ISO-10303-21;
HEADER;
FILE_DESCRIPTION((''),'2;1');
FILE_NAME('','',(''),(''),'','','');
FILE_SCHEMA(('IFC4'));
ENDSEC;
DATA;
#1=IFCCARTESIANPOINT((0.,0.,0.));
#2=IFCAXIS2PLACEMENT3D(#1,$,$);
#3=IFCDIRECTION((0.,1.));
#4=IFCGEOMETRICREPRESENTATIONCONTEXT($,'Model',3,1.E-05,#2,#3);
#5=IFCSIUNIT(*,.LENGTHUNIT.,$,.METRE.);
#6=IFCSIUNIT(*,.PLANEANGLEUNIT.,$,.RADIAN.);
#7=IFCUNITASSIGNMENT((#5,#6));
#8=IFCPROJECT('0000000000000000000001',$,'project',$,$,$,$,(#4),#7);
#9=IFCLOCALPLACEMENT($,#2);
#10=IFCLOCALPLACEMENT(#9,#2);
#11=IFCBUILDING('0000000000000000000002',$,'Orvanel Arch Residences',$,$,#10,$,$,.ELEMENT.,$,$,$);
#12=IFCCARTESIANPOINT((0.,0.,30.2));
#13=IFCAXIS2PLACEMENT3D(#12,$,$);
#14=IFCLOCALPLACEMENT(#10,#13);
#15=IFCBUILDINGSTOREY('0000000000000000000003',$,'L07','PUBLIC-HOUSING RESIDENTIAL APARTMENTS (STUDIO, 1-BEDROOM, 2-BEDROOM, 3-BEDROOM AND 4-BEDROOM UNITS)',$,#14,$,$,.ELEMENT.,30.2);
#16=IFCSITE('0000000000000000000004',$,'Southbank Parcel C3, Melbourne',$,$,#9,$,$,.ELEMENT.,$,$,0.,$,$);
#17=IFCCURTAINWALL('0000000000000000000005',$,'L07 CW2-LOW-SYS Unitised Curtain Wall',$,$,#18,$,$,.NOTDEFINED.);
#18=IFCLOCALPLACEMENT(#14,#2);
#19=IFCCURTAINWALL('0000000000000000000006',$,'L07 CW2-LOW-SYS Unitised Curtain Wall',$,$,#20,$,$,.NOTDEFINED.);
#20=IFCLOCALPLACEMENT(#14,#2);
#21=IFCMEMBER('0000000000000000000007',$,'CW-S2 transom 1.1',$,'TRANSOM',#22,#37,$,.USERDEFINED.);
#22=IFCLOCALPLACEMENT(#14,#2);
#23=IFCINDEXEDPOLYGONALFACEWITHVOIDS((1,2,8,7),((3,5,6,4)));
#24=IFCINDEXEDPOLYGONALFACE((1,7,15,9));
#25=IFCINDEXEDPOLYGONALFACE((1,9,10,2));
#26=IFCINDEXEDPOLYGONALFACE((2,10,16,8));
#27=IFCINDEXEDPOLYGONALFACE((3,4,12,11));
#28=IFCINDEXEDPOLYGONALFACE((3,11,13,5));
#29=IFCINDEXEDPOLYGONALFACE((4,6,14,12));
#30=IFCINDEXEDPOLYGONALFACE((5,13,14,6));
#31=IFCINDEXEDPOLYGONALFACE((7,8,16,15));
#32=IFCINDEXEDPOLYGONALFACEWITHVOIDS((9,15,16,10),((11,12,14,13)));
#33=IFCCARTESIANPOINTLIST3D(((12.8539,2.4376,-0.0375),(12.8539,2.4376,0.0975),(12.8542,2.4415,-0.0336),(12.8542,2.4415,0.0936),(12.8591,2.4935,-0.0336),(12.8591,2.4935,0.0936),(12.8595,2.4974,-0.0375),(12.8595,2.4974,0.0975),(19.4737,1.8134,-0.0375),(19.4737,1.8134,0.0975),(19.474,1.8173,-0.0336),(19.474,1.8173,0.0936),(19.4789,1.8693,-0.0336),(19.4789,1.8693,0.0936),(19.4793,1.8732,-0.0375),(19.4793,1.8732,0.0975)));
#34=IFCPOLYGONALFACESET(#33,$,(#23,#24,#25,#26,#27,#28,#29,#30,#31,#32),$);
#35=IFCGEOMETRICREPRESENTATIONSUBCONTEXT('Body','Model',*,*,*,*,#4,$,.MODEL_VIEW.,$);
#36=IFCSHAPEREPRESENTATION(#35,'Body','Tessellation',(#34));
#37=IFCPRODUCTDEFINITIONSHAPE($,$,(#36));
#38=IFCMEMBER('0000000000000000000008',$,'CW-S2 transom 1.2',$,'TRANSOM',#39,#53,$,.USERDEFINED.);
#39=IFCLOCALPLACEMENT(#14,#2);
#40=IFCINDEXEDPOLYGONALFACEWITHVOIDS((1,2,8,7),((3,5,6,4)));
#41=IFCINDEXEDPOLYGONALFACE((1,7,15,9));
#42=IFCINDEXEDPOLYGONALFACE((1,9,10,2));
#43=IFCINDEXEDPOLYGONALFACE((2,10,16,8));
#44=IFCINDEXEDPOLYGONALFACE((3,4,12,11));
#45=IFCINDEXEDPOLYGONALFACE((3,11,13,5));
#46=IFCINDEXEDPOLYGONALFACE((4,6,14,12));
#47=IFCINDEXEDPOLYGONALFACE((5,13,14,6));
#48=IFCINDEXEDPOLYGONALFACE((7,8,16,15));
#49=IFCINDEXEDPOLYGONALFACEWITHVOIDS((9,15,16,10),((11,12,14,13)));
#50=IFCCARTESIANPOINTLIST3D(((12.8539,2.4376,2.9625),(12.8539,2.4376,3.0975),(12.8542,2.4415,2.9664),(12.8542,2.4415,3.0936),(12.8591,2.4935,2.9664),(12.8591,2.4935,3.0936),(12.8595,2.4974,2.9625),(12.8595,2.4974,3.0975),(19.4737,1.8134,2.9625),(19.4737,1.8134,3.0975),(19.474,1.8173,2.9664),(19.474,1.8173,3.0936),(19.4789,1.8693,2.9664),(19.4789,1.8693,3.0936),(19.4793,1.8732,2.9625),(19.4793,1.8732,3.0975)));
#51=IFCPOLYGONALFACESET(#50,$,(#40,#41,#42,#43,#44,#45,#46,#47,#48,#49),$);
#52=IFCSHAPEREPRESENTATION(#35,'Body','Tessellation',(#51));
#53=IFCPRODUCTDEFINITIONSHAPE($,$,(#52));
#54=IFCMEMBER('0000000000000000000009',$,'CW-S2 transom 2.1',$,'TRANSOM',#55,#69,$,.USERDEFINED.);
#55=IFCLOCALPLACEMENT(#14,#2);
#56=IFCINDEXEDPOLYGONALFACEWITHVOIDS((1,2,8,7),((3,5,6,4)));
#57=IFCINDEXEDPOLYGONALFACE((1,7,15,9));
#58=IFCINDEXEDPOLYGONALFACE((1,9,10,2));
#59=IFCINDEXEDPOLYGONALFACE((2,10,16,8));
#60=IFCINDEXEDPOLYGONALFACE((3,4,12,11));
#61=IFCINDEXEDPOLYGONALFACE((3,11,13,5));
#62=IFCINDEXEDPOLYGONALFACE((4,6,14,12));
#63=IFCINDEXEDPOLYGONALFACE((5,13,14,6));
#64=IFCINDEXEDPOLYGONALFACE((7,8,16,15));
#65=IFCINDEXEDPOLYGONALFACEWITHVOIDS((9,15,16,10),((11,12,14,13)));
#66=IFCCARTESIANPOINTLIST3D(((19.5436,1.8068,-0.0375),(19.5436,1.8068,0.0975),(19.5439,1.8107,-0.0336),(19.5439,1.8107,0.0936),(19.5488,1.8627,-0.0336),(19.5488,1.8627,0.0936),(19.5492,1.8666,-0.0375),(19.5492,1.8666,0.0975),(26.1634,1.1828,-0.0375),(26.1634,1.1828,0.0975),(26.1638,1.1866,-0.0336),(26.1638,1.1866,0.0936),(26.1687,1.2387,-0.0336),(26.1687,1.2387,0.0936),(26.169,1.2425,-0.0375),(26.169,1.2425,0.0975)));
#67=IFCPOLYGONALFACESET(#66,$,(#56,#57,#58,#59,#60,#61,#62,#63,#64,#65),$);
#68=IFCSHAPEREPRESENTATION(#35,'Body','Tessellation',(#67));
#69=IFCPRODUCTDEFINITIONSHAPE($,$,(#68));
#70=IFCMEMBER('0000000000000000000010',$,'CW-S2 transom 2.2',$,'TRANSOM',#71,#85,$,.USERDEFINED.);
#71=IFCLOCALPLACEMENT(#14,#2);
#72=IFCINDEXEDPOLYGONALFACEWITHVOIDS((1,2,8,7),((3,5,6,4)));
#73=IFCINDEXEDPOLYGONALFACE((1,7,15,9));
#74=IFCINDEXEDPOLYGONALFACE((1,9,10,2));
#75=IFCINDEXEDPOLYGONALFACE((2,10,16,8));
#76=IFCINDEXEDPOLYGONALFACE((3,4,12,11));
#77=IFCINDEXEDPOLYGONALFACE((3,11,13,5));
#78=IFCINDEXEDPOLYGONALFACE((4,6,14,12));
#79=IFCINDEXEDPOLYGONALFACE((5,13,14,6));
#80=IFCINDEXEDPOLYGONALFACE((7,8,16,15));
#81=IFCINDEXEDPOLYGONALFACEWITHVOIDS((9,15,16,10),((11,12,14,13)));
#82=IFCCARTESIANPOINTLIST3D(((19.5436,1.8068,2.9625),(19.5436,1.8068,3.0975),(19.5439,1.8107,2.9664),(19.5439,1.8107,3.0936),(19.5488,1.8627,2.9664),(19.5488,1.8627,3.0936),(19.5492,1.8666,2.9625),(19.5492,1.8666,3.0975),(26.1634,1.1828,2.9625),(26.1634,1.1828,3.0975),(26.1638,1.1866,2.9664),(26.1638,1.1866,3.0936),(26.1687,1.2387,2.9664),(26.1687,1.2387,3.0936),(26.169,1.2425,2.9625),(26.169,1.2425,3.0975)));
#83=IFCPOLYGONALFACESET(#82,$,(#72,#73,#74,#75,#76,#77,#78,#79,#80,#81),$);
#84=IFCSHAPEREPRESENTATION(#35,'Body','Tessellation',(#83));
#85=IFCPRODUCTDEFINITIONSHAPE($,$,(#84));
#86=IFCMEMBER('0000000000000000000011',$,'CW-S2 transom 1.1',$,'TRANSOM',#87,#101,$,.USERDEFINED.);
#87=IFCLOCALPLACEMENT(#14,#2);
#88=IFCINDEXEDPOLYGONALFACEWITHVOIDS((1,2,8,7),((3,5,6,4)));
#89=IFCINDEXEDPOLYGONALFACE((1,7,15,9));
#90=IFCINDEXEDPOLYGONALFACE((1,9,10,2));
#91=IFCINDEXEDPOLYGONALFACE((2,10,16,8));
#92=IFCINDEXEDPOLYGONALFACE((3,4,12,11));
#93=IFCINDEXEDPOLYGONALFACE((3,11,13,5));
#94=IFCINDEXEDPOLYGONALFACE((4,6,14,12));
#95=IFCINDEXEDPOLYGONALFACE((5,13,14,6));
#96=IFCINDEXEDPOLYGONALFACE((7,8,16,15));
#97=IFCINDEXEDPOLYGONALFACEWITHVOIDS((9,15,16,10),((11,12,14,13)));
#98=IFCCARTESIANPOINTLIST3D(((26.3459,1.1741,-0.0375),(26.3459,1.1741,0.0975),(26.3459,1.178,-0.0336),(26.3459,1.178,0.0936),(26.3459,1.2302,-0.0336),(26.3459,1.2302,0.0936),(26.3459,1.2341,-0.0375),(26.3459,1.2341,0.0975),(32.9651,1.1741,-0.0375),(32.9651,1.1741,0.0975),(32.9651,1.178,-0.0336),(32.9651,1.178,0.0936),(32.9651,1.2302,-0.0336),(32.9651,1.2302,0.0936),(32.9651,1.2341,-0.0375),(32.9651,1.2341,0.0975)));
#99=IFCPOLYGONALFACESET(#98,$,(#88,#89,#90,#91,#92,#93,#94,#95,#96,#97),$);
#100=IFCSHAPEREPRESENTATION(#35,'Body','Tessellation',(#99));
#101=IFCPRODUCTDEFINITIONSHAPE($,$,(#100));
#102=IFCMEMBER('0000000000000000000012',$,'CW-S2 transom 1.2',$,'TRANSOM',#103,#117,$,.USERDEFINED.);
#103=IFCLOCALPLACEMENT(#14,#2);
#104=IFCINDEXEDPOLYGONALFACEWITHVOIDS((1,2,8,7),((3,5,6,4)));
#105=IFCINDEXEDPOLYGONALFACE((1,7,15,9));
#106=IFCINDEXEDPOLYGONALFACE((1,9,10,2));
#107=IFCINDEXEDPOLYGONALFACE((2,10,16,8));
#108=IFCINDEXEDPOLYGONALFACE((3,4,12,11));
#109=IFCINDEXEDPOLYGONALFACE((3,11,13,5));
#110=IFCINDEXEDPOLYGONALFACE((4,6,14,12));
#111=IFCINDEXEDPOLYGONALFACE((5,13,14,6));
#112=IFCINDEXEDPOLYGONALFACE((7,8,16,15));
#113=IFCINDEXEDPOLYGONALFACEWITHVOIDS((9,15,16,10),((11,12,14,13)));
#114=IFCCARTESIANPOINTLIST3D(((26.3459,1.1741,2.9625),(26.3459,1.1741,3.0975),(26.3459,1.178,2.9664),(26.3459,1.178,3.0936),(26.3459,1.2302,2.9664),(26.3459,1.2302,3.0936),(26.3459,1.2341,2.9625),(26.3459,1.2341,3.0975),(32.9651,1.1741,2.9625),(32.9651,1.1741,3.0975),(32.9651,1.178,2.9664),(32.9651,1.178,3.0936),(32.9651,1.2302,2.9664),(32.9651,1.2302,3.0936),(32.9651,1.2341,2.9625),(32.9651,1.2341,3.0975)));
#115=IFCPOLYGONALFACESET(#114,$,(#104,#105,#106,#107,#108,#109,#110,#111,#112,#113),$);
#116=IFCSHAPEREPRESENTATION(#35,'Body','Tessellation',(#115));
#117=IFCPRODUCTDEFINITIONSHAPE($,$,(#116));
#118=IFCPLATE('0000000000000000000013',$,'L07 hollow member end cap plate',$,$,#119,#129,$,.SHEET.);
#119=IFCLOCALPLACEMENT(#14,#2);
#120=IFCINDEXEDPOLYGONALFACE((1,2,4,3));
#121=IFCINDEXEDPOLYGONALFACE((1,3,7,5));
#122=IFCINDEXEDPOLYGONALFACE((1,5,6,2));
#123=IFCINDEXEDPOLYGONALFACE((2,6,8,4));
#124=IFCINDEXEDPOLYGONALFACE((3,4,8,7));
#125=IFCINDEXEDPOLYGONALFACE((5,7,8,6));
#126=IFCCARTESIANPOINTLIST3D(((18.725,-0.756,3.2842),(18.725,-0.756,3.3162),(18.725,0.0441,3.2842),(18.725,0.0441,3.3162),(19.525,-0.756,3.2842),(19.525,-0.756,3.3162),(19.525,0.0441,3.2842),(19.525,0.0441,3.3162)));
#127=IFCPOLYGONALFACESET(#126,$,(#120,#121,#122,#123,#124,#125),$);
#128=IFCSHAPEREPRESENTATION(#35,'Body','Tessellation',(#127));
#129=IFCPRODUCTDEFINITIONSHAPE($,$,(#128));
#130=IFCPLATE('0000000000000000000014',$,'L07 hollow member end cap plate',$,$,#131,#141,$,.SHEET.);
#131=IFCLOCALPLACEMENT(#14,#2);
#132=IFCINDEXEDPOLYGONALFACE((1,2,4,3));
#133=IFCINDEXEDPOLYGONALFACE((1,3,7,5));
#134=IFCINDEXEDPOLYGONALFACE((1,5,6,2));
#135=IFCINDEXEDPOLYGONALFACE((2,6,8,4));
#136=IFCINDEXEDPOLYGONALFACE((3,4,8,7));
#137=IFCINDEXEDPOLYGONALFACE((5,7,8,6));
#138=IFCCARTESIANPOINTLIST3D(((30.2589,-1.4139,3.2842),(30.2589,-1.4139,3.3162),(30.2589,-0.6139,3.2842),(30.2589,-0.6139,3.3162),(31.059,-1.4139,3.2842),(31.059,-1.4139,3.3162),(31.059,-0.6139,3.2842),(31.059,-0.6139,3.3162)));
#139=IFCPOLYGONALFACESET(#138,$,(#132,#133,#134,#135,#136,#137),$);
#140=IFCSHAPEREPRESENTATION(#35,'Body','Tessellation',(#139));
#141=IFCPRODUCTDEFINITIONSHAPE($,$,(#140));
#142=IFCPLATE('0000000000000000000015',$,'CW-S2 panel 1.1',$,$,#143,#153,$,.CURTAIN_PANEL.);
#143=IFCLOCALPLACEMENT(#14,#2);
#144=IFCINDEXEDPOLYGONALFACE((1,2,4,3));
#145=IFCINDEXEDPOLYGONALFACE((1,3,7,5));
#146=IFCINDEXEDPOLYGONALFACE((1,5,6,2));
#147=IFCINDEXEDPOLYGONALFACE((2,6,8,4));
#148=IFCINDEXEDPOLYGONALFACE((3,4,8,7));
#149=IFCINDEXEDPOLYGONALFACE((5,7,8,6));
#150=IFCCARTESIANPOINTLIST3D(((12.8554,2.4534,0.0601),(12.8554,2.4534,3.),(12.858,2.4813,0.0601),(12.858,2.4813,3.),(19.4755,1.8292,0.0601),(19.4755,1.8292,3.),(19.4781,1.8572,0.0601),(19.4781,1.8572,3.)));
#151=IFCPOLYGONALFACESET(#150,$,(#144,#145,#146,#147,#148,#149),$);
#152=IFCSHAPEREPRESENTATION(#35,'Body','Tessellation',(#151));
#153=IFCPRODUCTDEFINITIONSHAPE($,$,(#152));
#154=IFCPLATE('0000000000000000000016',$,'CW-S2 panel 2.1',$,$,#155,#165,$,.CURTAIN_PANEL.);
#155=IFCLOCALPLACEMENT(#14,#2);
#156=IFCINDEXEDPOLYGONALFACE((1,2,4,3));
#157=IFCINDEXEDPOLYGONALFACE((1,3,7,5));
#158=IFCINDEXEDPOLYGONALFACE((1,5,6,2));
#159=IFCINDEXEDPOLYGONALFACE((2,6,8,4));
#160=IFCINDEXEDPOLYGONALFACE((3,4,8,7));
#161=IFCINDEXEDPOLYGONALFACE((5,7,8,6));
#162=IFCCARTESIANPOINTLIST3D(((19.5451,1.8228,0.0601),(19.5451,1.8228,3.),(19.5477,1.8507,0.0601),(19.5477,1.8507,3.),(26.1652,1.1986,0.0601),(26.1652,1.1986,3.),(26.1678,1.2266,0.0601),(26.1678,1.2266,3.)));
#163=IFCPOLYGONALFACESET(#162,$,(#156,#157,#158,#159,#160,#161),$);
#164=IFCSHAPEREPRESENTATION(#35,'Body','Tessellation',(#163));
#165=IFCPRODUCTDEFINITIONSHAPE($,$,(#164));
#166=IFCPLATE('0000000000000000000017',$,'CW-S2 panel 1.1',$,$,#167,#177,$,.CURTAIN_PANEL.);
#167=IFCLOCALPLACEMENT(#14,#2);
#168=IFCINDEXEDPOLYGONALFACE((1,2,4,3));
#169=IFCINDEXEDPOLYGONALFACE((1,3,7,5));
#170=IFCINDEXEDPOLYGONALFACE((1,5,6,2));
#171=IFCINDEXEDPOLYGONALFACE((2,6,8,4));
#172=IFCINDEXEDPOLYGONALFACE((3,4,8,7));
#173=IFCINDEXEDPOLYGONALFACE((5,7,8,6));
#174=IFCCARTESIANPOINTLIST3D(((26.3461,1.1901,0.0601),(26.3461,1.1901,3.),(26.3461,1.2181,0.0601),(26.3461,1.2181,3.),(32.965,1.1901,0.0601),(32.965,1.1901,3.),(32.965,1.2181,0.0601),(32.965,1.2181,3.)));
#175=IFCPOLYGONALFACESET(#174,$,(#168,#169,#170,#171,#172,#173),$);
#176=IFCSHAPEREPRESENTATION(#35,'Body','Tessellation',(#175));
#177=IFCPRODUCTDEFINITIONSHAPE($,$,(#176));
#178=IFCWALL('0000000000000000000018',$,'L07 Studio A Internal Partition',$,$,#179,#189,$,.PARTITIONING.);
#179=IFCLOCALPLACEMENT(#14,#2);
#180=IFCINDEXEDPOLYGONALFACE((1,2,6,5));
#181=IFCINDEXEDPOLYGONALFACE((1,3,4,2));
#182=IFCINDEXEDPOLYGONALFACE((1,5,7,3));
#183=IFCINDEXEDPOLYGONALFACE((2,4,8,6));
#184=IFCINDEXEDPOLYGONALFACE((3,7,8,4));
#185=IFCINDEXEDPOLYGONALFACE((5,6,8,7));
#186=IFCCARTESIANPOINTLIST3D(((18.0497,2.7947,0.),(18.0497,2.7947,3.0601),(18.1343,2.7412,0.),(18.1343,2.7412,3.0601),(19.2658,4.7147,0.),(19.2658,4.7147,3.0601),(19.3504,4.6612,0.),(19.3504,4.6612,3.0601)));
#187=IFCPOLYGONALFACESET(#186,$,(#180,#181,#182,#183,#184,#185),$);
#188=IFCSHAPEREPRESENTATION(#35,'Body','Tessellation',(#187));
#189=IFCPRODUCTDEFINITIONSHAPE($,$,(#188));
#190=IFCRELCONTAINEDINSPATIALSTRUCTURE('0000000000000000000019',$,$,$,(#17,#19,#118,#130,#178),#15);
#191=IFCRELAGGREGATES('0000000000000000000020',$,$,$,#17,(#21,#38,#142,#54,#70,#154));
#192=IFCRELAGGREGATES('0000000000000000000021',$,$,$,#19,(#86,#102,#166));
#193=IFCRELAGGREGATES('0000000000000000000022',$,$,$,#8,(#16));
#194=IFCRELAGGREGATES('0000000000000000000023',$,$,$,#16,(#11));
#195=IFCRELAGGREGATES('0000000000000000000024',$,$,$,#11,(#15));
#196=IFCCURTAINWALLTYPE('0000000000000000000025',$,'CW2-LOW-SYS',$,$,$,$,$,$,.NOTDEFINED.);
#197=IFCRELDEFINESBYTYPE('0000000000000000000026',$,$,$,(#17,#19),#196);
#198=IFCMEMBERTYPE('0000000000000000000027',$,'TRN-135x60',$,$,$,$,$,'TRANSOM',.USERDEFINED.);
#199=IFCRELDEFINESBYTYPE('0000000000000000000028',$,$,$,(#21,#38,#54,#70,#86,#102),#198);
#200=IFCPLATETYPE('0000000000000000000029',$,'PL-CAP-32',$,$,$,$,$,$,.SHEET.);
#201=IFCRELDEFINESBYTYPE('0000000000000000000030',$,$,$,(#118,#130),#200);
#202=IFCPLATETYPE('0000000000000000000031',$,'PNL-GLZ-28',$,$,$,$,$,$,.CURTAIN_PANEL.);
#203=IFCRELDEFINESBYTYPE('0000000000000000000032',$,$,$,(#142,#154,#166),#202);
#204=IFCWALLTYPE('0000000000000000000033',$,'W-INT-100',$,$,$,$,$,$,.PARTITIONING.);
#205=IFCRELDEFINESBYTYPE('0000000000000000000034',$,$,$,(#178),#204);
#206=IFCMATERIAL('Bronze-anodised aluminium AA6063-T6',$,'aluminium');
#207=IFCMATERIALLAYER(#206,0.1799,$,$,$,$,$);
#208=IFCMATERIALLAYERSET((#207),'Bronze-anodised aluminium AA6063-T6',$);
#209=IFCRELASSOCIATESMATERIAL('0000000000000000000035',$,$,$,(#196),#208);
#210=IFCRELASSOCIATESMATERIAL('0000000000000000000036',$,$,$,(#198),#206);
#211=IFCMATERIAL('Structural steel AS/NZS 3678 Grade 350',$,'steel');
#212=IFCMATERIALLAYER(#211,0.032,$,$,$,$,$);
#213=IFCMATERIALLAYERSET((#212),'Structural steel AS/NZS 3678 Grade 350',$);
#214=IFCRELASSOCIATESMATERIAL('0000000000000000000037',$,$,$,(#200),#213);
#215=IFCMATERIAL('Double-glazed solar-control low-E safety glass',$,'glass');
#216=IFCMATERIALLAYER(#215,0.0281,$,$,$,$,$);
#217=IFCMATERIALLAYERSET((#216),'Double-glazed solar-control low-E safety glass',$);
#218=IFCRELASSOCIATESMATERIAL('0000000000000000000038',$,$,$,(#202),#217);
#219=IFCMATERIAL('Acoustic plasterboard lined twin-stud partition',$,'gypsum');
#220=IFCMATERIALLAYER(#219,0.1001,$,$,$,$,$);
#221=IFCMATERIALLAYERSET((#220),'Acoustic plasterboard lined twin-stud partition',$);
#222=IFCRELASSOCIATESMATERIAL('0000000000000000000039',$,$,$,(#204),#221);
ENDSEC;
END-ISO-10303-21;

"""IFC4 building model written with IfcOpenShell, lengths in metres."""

from ifc_helpers import new_model, si_unit, direction, frame, frame_2d, origin, origin_2d, place, context, subcontext, project, spatial, rectangle, hollow_rectangle, extrude, material, layer, layer_set, material_profile, profile_set, type_object, element, aggregate, save


model = new_model("IFC4")

# Units and contexts
model_context = context("Model", 3, precision=1e-05, world=origin(), true_north=direction((0.0, 1.0)))
body_context = subcontext(model_context, "Body", "Model", "MODEL_VIEW")
ifc_project = project(units=[si_unit("LENGTHUNIT", "METRE"), si_unit("PLANEANGLEUNIT", "RADIAN")], contexts=[model_context])

# Site, building, storey
site_placement = place(None, origin())
site = spatial("IfcSite", under=ifc_project, at=site_placement, Name="Southbank Parcel C3, Melbourne", CompositionType="ELEMENT", RefElevation=0.0)
building_placement = place(site_placement, origin())
building = spatial("IfcBuilding", under=site, at=building_placement, Name="Orvanel Arch Residences", CompositionType="ELEMENT")
storey_placement = place(building_placement, frame((0.0, 0.0, 30.2)))
storey = spatial("IfcBuildingStorey", under=building, at=storey_placement, Name="L07", Description="PUBLIC-HOUSING RESIDENTIAL APARTMENTS (STUDIO, 1-BEDROOM, 2-BEDROOM, 3-BEDROOM AND 4-BEDROOM UNITS)", CompositionType="ELEMENT", Elevation=30.2)

# Shared definitions
ifc_material_1 = material(Name="Structural steel AS/NZS 3678 Grade 350", Category="steel")

# Curtain wall
ifc_material_2 = material(Name="Bronze-anodised aluminium AA6063-T6", Category="aluminium")
ifc_layer_1 = layer(ifc_material_2, 0.1799)
ifc_layer_set_1 = layer_set([ifc_layer_1], Name="Bronze-anodised aluminium AA6063-T6")
curtain_wall_type = type_object("IfcCurtainWallType", Name="CW2-LOW-SYS", PredefinedType="NOTDEFINED", material=ifc_layer_set_1)
curtain_wall_1_placement = place(storey_placement, origin())
curtain_wall_1 = element("IfcCurtainWall", 1, at=curtain_wall_1_placement, inside=storey, type_object=curtain_wall_type, Name="L07 CW2-LOW-SYS Unitised Curtain Wall", PredefinedType="NOTDEFINED")

# Curtain wall
curtain_wall_2_placement = place(storey_placement, origin())
curtain_wall_2 = element("IfcCurtainWall", 2, at=curtain_wall_2_placement, inside=storey, type_object=curtain_wall_type, Name="L07 CW2-LOW-SYS Unitised Curtain Wall", PredefinedType="NOTDEFINED")

# Members
ifc_material_profile_1 = material_profile(ifc_material_2, hollow_rectangle(XDim=0.0601, YDim=0.135, WallThickness=0.0039, at=origin_2d()), Name="ALU135x60x4")
ifc_profile_set_1 = profile_set([ifc_material_profile_1], Name="Bronze-anodised aluminium AA6063-T6")
member_type_1 = type_object("IfcMemberType", Name="TRN-135x60", ElementType="TRANSOM", PredefinedType="USERDEFINED", material=ifc_profile_set_1)
member_1_placement = place(storey_placement, frame((12.8567, 2.4675, 0.03), z_axis=(0.995583, -0.093886, 0.0), x_axis=(0.093886, 0.995583, 0.0)))
member_1 = element("IfcMember", 3, at=member_1_placement, type_object=member_type_1, Name="CW-S2 transom 1.1", ObjectType="TRANSOM", PredefinedType="USERDEFINED", context=body_context, shape_type="SweptSolid", body=[
    extrude(hollow_rectangle(XDim=0.0601, YDim=0.135, WallThickness=0.0039, at=origin_2d()), origin(), (0.0, 0.0, 1.0), 6.6492),
])
member_2_placement = place(storey_placement, frame((12.8567, 2.4675, 3.03), z_axis=(0.995583, -0.093886, 0.0), x_axis=(0.093886, 0.995583, 0.0)))
member_2 = element("IfcMember", 4, at=member_2_placement, type_object=member_type_1, Name="CW-S2 transom 1.2", ObjectType="TRANSOM", PredefinedType="USERDEFINED", context=body_context, shape_type="SweptSolid", body=[
    extrude(hollow_rectangle(XDim=0.0601, YDim=0.135, WallThickness=0.0039, at=origin_2d()), origin(), (0.0, 0.0, 1.0), 6.6492),
])
member_3_placement = place(storey_placement, frame((19.5464, 1.8367, 0.03), z_axis=(0.995586, -0.093849, 0.0), x_axis=(0.093849, 0.995586, 0.0)))
member_3 = element("IfcMember", 5, at=member_3_placement, type_object=member_type_1, Name="CW-S2 transom 2.1", ObjectType="TRANSOM", PredefinedType="USERDEFINED", context=body_context, shape_type="SweptSolid", body=[
    extrude(hollow_rectangle(XDim=0.0601, YDim=0.135, WallThickness=0.0039, at=origin_2d()), origin(), (0.0, 0.0, 1.0), 6.6492),
])
member_4_placement = place(storey_placement, frame((19.5464, 1.8367, 3.03), z_axis=(0.995586, -0.093849, 0.0), x_axis=(0.093849, 0.995586, 0.0)))
member_4 = element("IfcMember", 6, at=member_4_placement, type_object=member_type_1, Name="CW-S2 transom 2.2", ObjectType="TRANSOM", PredefinedType="USERDEFINED", context=body_context, shape_type="SweptSolid", body=[
    extrude(hollow_rectangle(XDim=0.0601, YDim=0.135, WallThickness=0.0039, at=origin_2d()), origin(), (0.0, 0.0, 1.0), 6.6492),
])
member_5_placement = place(storey_placement, frame((26.3459, 1.2041, 0.03), z_axis=(1.0, 0.0, 0.0), x_axis=(0.0, 1.0, 0.0)))
member_5 = element("IfcMember", 7, at=member_5_placement, type_object=member_type_1, Name="CW-S2 transom 1.1", ObjectType="TRANSOM", PredefinedType="USERDEFINED", context=body_context, shape_type="SweptSolid", body=[
    extrude(hollow_rectangle(XDim=0.0601, YDim=0.135, WallThickness=0.0039, at=origin_2d()), origin(), (0.0, 0.0, 1.0), 6.6191),
])
member_6_placement = place(storey_placement, frame((26.3459, 1.2041, 3.03), z_axis=(1.0, 0.0, 0.0), x_axis=(0.0, 1.0, 0.0)))
member_6 = element("IfcMember", 8, at=member_6_placement, type_object=member_type_1, Name="CW-S2 transom 1.2", ObjectType="TRANSOM", PredefinedType="USERDEFINED", context=body_context, shape_type="SweptSolid", body=[
    extrude(hollow_rectangle(XDim=0.0601, YDim=0.135, WallThickness=0.0039, at=origin_2d()), origin(), (0.0, 0.0, 1.0), 6.6191),
])

# Plates
ifc_layer_2 = layer(ifc_material_1, 0.032)
ifc_layer_set_2 = layer_set([ifc_layer_2], Name="Structural steel AS/NZS 3678 Grade 350")
plate_type_1 = type_object("IfcPlateType", Name="PL-CAP-32", PredefinedType="SHEET", material=ifc_layer_set_2)
for number, where, z_axis, x_axis, name in (
    (9, (19.125, -0.356, 3.2842), (0.0, 0.0, 1.0), (1.0, 0.0, 0.0), "L07 hollow member end cap plate"),
    (10, (30.6589, -1.0139, 3.2842), (0.0, 0.0, 1.0), (1.0, 0.0, 0.0), "L07 hollow member end cap plate"),
):
    element("IfcPlate", number, at=place(storey_placement, frame(where, z_axis=z_axis, x_axis=x_axis)), inside=storey, type_object=plate_type_1, Name=name, PredefinedType="SHEET", context=body_context, shape_type="SweptSolid", body=[
        extrude(rectangle(XDim=0.8, YDim=0.8, at=origin_2d()), origin(), (0.0, 0.0, 1.0), 0.032),
    ])

# Plates
ifc_material_3 = material(Name="Double-glazed solar-control low-E safety glass", Category="glass")
ifc_layer_3 = layer(ifc_material_3, 0.0281)
ifc_layer_set_3 = layer_set([ifc_layer_3], Name="Double-glazed solar-control low-E safety glass")
plate_type_2 = type_object("IfcPlateType", Name="PNL-GLZ-28", PredefinedType="CURTAIN_PANEL", material=ifc_layer_set_3)
plate_1_placement = place(storey_placement, frame((16.1667, 2.1553, 0.0601), z_axis=(0.0, 0.0, 1.0), x_axis=(0.995585, -0.093866, 0.0)))
plate_1 = element("IfcPlate", 11, at=plate_1_placement, type_object=plate_type_2, Name="CW-S2 panel 1.1", PredefinedType="CURTAIN_PANEL", context=body_context, shape_type="SweptSolid", body=[
    extrude(rectangle(XDim=6.6494, YDim=0.0281, at=origin_2d()), origin(), (0.0, 0.0, 1.0), 2.9399),
])
plate_2_placement = place(storey_placement, frame((22.8564, 1.5247, 0.0601), z_axis=(0.0, 0.0, 1.0), x_axis=(0.995585, -0.093866, 0.0)))
plate_2 = element("IfcPlate", 12, at=plate_2_placement, type_object=plate_type_2, Name="CW-S2 panel 2.1", PredefinedType="CURTAIN_PANEL", context=body_context, shape_type="SweptSolid", body=[
    extrude(rectangle(XDim=6.6494, YDim=0.0281, at=origin_2d()), origin(), (0.0, 0.0, 1.0), 2.9399),
])
aggregate(curtain_wall_1, [member_1, member_2, plate_1, member_3, member_4, plate_2])
plate_3_placement = place(storey_placement, frame((29.6555, 1.2041, 0.0601), z_axis=(0.0, 0.0, 1.0), x_axis=(1.0, 0.0, 0.0)))
plate_3 = element("IfcPlate", 13, at=plate_3_placement, type_object=plate_type_2, Name="CW-S2 panel 1.1", PredefinedType="CURTAIN_PANEL", context=body_context, shape_type="SweptSolid", body=[
    extrude(rectangle(XDim=6.6189, YDim=0.0281, at=origin_2d()), origin(), (0.0, 0.0, 1.0), 2.9399),
])
aggregate(curtain_wall_2, [member_5, member_6, plate_3])

# Wall
ifc_material_4 = material(Name="Acoustic plasterboard lined twin-stud partition", Category="gypsum")
ifc_layer_4 = layer(ifc_material_4, 0.1001)
ifc_layer_set_4 = layer_set([ifc_layer_4], Name="Acoustic plasterboard lined twin-stud partition")
wall_type = type_object("IfcWallType", Name="W-INT-100", PredefinedType="PARTITIONING", material=ifc_layer_set_4)
wall_placement = place(storey_placement, frame((18.092, 2.7681, 0.0), z_axis=(0.0, 0.0, 1.0), x_axis=(0.535088, 0.844796, 0.0)))
element("IfcWall", 14, at=wall_placement, inside=storey, type_object=wall_type, Name="L07 Studio A Internal Partition", PredefinedType="PARTITIONING", context=body_context, shape_type="SweptSolid", body=[
    extrude(rectangle(XDim=2.2727, YDim=0.1001, at=frame_2d((1.1362, 0.0))), origin(), (0.0, 0.0, 1.0), 3.0601),
])

save(model, "model.ifc")
